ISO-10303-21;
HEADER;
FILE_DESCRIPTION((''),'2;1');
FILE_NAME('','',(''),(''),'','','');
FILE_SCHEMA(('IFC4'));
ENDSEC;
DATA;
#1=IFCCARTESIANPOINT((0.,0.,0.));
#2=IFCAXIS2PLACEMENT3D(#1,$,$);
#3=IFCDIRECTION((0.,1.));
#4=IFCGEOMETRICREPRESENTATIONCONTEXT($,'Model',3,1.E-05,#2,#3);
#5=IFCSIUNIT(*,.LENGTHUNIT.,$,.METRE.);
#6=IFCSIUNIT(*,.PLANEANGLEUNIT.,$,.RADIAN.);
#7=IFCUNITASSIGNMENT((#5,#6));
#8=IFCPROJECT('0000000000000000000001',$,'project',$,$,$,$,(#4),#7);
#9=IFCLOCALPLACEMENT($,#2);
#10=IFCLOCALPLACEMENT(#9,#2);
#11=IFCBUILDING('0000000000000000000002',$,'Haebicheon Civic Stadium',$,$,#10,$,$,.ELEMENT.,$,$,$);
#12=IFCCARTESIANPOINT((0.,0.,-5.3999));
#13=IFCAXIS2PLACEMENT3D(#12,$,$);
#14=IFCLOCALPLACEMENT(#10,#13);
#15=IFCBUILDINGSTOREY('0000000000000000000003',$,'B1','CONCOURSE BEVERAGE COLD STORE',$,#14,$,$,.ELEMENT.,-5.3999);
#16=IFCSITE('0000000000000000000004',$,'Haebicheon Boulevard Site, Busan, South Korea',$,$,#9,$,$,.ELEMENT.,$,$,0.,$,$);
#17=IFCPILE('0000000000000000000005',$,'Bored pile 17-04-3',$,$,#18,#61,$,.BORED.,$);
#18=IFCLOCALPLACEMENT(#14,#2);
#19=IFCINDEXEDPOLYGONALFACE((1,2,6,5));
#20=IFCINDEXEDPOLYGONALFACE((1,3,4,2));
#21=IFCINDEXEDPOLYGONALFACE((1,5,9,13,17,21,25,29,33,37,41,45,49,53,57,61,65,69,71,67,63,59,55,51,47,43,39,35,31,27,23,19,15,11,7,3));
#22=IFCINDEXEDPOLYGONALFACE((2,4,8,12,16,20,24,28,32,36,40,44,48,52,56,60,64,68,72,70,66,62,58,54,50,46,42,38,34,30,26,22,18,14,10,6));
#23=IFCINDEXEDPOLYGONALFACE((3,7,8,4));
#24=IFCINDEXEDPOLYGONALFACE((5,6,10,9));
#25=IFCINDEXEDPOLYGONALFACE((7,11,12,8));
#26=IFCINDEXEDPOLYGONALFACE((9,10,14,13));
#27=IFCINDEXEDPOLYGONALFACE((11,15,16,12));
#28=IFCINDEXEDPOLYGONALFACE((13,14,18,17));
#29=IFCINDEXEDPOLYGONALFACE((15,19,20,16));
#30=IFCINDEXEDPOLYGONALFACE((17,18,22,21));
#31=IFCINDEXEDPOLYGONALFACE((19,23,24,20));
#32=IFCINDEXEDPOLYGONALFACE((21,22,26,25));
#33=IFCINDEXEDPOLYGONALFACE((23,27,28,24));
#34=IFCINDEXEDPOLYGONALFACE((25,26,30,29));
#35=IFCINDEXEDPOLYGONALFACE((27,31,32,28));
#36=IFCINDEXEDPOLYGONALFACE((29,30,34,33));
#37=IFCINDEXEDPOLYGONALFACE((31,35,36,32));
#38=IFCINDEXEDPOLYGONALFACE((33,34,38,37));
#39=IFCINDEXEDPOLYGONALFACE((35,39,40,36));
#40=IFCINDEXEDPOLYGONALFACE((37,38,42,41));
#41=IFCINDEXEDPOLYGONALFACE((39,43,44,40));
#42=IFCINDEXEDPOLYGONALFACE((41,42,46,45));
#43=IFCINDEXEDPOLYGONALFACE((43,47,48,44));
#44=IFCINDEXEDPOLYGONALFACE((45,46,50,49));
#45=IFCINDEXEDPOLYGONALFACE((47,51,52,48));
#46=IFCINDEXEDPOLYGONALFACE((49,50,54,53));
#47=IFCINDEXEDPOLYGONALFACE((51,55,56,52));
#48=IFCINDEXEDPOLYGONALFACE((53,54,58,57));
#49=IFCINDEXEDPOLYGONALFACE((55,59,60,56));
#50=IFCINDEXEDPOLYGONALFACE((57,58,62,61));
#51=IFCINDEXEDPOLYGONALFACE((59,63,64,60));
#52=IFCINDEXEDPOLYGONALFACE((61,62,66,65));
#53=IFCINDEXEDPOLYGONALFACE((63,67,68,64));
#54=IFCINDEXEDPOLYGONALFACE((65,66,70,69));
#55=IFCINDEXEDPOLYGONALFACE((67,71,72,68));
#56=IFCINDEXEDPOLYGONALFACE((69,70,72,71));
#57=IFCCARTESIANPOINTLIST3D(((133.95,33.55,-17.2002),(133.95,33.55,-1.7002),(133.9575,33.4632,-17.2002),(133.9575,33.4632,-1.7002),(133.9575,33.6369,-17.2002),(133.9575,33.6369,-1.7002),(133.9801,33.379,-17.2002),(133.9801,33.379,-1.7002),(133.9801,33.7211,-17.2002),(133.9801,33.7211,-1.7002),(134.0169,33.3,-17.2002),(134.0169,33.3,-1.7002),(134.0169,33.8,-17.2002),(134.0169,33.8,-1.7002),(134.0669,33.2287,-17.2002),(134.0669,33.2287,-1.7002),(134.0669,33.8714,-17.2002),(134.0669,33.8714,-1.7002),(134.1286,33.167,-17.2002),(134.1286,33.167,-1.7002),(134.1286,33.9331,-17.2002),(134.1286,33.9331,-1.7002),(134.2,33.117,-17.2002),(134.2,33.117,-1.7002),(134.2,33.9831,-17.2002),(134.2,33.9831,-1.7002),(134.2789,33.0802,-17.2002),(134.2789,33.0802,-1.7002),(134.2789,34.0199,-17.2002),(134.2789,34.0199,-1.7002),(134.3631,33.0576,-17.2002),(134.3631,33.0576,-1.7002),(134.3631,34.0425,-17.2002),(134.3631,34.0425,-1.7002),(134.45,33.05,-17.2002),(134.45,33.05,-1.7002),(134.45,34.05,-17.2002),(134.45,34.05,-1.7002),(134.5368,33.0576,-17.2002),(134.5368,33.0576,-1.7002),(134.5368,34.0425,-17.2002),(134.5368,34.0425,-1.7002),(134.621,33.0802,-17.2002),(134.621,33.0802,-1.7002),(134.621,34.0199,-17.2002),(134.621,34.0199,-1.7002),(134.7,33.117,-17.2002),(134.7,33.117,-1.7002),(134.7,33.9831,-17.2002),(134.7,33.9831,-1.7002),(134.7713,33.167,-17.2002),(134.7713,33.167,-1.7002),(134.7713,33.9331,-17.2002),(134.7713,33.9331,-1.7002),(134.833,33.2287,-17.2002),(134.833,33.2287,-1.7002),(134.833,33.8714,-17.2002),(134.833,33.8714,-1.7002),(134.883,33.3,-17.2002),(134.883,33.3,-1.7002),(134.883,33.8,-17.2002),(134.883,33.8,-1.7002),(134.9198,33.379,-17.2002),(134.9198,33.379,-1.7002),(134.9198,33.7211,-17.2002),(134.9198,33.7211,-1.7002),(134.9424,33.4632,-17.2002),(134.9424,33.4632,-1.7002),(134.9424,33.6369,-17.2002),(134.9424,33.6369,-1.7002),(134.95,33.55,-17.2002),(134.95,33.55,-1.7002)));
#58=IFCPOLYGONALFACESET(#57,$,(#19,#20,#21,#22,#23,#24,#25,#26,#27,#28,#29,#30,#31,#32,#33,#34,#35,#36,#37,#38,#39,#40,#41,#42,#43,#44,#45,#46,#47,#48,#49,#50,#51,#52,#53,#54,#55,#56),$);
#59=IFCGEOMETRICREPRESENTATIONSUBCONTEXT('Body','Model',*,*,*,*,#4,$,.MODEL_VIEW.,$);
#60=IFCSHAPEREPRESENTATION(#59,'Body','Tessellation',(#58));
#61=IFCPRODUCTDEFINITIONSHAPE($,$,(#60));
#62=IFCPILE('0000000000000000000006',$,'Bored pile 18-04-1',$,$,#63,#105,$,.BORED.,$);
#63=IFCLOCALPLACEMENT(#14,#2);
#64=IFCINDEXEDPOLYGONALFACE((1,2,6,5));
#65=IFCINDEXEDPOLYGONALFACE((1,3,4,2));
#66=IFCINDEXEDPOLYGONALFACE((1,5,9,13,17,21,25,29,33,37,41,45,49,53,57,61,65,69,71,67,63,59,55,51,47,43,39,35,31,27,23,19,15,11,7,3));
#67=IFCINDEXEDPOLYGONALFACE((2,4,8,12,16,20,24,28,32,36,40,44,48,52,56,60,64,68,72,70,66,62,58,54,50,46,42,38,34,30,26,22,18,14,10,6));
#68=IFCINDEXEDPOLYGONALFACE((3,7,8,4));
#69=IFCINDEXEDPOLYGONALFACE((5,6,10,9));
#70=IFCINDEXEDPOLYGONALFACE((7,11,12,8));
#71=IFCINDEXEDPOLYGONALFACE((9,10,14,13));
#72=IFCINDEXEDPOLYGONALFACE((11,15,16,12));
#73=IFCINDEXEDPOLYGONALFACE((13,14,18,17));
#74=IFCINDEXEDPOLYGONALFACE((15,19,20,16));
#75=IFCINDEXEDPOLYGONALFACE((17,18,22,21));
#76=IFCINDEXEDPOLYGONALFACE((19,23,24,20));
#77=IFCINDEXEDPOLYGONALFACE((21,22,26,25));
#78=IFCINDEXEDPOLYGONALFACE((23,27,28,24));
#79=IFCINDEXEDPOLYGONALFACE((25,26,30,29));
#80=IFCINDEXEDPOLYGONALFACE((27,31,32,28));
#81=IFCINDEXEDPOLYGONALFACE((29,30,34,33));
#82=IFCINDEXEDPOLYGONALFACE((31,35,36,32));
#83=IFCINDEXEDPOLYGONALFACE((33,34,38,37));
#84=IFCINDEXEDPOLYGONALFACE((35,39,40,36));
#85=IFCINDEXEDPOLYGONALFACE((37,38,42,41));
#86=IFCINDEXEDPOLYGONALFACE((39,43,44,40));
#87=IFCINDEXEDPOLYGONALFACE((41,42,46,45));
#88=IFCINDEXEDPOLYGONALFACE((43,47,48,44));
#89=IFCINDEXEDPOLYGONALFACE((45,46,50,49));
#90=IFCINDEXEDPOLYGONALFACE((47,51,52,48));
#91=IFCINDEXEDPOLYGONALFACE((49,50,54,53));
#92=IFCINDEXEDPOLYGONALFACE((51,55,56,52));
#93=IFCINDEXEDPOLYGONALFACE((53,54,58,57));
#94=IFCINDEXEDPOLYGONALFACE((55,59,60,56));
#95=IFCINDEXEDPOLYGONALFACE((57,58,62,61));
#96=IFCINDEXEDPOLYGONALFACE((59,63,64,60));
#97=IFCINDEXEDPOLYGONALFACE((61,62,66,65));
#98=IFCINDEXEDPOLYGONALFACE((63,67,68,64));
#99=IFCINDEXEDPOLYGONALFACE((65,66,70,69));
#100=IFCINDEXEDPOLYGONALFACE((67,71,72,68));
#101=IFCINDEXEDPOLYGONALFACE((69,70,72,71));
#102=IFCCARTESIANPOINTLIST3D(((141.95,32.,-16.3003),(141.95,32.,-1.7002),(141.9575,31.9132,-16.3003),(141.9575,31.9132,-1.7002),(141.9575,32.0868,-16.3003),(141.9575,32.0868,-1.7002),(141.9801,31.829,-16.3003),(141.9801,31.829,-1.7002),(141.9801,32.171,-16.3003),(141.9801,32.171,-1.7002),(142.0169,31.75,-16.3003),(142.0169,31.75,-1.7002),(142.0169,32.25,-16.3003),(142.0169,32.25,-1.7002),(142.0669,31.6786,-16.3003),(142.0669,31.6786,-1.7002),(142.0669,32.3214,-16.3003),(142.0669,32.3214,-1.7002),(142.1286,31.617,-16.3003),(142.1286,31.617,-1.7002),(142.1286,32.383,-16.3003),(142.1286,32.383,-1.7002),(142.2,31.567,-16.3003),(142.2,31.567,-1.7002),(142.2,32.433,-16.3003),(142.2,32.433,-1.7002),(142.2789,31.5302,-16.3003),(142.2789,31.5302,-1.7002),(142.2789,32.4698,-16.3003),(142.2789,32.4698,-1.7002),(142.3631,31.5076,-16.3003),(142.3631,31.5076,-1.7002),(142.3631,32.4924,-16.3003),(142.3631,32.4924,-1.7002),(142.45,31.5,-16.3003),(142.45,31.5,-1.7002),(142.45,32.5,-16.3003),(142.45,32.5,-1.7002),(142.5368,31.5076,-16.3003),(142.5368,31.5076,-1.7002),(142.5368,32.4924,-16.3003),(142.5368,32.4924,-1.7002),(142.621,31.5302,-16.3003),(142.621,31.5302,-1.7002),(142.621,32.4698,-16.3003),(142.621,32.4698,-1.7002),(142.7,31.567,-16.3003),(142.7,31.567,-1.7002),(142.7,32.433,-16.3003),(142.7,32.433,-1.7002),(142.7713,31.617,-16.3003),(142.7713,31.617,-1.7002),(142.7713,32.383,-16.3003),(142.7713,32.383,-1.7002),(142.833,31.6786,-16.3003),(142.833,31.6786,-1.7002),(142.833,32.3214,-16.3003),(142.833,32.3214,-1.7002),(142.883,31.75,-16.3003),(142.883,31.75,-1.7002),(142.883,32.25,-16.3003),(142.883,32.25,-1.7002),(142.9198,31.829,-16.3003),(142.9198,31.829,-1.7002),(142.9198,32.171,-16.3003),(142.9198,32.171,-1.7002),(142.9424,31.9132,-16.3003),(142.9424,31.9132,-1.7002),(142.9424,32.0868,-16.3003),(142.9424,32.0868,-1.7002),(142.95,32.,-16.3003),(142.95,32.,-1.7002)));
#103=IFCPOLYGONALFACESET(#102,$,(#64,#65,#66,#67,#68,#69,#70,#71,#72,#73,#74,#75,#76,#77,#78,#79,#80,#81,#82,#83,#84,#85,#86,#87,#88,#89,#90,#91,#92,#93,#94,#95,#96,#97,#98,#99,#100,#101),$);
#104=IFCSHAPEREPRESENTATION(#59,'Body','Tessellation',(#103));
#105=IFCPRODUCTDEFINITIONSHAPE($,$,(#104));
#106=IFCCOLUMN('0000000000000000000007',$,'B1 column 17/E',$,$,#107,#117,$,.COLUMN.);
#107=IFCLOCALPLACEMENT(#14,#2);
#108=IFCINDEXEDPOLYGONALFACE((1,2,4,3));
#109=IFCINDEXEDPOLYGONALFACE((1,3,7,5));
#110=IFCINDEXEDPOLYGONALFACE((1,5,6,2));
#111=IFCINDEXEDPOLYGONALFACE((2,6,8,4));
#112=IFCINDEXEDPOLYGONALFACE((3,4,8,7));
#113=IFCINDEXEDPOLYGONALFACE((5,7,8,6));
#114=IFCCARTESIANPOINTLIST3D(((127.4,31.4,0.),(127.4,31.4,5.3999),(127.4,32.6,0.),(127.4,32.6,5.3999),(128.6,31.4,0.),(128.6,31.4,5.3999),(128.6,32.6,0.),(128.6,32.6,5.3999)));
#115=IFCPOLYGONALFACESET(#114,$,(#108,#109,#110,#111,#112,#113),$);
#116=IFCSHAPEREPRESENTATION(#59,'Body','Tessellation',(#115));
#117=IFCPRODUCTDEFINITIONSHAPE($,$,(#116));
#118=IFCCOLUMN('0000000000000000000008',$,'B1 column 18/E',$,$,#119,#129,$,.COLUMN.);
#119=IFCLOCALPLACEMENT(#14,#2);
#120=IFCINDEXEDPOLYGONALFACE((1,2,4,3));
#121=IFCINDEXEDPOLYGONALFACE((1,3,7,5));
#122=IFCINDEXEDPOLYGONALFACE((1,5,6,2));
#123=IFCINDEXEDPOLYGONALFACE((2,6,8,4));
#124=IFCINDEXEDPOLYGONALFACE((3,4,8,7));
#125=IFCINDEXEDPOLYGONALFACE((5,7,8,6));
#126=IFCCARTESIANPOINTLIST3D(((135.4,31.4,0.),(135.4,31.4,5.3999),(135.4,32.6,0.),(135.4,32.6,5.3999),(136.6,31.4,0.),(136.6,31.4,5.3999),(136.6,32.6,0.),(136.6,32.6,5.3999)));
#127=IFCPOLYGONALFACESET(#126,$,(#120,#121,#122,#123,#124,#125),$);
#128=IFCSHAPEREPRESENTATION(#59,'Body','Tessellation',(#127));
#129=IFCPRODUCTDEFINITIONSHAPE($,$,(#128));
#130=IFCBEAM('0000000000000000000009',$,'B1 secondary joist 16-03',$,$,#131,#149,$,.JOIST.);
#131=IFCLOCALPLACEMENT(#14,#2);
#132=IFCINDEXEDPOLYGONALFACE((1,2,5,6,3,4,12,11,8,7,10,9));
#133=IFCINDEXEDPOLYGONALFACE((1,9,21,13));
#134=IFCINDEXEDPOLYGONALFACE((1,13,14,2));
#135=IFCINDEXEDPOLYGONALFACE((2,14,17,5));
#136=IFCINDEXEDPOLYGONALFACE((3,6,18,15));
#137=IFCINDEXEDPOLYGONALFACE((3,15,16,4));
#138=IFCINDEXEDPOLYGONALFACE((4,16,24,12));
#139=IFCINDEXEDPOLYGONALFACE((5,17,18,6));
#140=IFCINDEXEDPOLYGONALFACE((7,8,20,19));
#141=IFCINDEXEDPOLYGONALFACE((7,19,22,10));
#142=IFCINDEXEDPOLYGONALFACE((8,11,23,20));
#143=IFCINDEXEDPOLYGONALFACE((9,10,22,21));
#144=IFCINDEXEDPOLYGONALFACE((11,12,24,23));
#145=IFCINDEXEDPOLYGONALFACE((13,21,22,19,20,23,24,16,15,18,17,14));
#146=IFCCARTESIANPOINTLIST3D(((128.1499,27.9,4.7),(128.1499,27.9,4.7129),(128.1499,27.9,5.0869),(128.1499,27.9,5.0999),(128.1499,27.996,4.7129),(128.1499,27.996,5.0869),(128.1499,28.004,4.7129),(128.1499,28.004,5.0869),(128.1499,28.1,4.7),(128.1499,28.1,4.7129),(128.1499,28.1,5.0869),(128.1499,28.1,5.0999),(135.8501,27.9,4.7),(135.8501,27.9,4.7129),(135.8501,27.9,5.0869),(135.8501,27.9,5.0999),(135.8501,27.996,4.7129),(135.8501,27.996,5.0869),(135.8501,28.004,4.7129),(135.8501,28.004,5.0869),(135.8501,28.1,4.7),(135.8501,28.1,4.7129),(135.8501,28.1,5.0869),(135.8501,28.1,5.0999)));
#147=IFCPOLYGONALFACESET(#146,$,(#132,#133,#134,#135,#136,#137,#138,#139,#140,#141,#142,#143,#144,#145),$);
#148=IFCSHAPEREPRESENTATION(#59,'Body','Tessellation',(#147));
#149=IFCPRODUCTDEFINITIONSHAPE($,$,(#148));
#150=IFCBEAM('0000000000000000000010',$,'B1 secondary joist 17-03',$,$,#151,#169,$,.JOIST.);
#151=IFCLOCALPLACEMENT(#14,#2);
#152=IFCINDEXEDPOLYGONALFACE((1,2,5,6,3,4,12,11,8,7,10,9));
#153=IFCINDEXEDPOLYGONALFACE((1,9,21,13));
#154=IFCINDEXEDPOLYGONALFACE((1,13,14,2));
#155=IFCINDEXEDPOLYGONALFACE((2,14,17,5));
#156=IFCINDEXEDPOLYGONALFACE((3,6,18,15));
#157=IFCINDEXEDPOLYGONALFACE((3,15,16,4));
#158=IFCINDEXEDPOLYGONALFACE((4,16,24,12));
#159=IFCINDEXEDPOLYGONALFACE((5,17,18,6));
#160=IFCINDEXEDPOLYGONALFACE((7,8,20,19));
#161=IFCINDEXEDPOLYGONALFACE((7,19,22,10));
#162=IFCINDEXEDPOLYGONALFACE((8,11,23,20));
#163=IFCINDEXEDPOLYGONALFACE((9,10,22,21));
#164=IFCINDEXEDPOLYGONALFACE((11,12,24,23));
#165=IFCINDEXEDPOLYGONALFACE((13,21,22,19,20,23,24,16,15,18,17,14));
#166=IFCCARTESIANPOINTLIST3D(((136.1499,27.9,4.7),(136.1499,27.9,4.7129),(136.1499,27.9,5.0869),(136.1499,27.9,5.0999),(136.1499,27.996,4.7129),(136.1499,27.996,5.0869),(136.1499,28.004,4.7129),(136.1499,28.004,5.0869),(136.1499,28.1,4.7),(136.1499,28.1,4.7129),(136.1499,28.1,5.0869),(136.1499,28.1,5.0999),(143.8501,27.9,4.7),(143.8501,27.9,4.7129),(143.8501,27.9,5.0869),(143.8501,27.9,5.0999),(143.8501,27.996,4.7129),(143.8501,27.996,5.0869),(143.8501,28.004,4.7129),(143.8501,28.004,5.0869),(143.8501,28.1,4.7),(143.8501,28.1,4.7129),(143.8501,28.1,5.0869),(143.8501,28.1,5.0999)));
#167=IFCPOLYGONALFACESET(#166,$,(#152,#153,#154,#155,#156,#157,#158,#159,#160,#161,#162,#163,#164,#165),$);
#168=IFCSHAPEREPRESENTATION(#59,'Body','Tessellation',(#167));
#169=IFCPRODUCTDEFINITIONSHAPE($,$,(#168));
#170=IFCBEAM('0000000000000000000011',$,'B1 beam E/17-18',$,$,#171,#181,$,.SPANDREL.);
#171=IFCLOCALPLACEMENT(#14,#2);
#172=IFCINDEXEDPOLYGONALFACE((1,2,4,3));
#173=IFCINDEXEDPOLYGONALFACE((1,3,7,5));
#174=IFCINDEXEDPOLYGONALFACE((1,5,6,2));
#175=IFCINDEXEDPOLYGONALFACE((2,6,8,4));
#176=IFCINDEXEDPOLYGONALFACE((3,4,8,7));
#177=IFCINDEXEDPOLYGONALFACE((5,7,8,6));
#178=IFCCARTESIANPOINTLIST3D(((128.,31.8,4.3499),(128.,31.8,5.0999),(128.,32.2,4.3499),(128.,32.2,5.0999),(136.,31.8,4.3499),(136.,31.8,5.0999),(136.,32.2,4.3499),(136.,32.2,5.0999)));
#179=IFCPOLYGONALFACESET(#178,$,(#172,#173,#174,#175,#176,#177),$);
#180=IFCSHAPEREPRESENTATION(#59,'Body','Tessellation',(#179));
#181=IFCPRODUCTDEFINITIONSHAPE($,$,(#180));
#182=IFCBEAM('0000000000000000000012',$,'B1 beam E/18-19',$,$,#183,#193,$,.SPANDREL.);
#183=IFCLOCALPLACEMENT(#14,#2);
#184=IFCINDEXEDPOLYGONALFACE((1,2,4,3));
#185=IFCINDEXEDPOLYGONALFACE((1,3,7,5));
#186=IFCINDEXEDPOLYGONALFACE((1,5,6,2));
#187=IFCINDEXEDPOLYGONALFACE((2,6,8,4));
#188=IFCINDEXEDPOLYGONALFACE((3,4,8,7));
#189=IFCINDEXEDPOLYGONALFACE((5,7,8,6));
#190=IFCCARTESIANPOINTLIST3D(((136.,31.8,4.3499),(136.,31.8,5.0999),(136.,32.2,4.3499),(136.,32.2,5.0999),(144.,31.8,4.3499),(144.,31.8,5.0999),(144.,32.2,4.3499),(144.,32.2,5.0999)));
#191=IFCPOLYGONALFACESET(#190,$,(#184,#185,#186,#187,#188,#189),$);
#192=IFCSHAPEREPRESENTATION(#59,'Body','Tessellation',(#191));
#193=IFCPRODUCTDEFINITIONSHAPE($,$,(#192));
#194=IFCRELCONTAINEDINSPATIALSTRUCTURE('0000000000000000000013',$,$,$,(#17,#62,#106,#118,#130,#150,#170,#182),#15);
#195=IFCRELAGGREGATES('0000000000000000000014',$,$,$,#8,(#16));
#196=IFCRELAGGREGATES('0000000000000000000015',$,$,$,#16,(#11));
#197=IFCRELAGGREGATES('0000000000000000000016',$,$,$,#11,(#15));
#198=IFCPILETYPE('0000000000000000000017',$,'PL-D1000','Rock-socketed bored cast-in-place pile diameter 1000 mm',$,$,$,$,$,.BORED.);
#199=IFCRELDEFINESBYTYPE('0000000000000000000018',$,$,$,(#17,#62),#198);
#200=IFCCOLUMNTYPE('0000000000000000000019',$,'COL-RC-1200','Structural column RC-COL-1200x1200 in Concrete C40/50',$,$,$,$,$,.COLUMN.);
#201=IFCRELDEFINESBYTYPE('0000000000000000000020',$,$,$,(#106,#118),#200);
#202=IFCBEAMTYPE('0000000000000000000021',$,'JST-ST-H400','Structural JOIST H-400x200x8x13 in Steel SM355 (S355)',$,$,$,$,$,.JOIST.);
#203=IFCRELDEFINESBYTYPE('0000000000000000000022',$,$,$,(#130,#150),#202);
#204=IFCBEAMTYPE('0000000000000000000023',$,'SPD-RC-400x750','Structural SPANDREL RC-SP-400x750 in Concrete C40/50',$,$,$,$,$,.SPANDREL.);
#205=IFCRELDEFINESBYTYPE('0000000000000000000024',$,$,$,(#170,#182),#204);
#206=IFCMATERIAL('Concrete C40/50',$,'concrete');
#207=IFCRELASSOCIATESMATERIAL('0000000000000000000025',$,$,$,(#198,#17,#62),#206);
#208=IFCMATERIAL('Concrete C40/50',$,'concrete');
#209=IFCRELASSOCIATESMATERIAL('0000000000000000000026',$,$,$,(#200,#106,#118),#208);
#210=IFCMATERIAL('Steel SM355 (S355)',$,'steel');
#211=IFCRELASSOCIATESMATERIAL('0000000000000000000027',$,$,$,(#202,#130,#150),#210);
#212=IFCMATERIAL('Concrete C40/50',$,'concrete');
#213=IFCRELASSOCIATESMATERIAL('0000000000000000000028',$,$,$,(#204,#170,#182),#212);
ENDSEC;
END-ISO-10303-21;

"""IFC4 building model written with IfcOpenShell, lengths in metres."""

from ifc_helpers import new_model, si_unit, direction, frame, origin, origin_2d, place, context, subcontext, project, spatial, rectangle, circle, i_section, extrude, material, material_profile, profile_set, type_object, element, save


model = new_model("IFC4")

# Units and contexts
model_context = context("Model", 3, precision=1e-05, world=origin(), true_north=direction((0.0, 1.0)))
body_context = subcontext(model_context, "Body", "Model", "MODEL_VIEW")
ifc_project = project(units=[si_unit("LENGTHUNIT", "METRE"), si_unit("PLANEANGLEUNIT", "RADIAN")], contexts=[model_context])

# Site, building, storey
site_placement = place(None, origin())
site = spatial("IfcSite", under=ifc_project, at=site_placement, Name="Haebicheon Boulevard Site, Busan, South Korea", CompositionType="ELEMENT", RefElevation=0.0)
building_placement = place(site_placement, origin())
building = spatial("IfcBuilding", under=site, at=building_placement, Name="Haebicheon Civic Stadium", CompositionType="ELEMENT")
storey_placement = place(building_placement, frame((0.0, 0.0, -5.3999)))
storey = spatial("IfcBuildingStorey", under=building, at=storey_placement, Name="B1", Description="CONCOURSE BEVERAGE COLD STORE", CompositionType="ELEMENT", Elevation=-5.3999)

# Piles
ifc_material_1 = material(Name="Concrete C40/50", Category="concrete")
ifc_material_profile_1 = material_profile(ifc_material_1, circle(Radius=0.5, at=origin_2d()), Name="PILE-D1000")
ifc_profile_set_1 = profile_set([ifc_material_profile_1], Name="Concrete C40/50")
pile_type = type_object("IfcPileType", Name="PL-D1000", Description="Rock-socketed bored cast-in-place pile diameter 1000 mm", PredefinedType="BORED", material=ifc_profile_set_1)
for number, where, z_axis, x_axis, name in (
    (1, (134.45, 33.55, -1.7002), (0.0, 0.0, -1.0), (1.0, 0.0, 0.0), "Bored pile 17-04-3"),
):
    element("IfcPile", number, at=place(storey_placement, frame(where, z_axis=z_axis, x_axis=x_axis)), inside=storey, type_object=pile_type, material=ifc_profile_set_1, Name=name, PredefinedType="BORED", context=body_context, shape_type="SweptSolid", body=[
        extrude(circle(Radius=0.5, at=origin_2d()), origin(), (0.0, 0.0, 1.0), 15.5),
    ])
pile_placement = place(storey_placement, frame((142.45, 32.0, -1.7002), z_axis=(0.0, 0.0, -1.0), x_axis=(1.0, 0.0, 0.0)))
element("IfcPile", 2, at=pile_placement, inside=storey, type_object=pile_type, material=ifc_profile_set_1, Name="Bored pile 18-04-1", PredefinedType="BORED", context=body_context, shape_type="SweptSolid", body=[
    extrude(circle(Radius=0.5, at=origin_2d()), origin(), (0.0, 0.0, 1.0), 14.6001),
])

# Columns
ifc_material_2 = material(Name="Concrete C40/50", Category="concrete")
ifc_material_profile_2 = material_profile(ifc_material_2, rectangle(XDim=1.2, YDim=1.2, at=origin_2d()), Name="RC-COL-1200x1200")
ifc_profile_set_2 = profile_set([ifc_material_profile_2], Name="Concrete C40/50")
column_type = type_object("IfcColumnType", Name="COL-RC-1200", Description="Structural column RC-COL-1200x1200 in Concrete C40/50", PredefinedType="COLUMN", material=ifc_profile_set_2)
for number, where, z_axis, x_axis, name in (
    (3, (128.0, 32.0, 0.0), (0.0, 0.0, 1.0), (1.0, 0.0, 0.0), "B1 column 17/E"),
    (4, (136.0, 32.0, 0.0), (0.0, 0.0, 1.0), (1.0, 0.0, 0.0), "B1 column 18/E"),
):
    element("IfcColumn", number, at=place(storey_placement, frame(where, z_axis=z_axis, x_axis=x_axis)), inside=storey, type_object=column_type, material=ifc_profile_set_2, Name=name, PredefinedType="COLUMN", context=body_context, shape_type="SweptSolid", body=[
        extrude(rectangle(XDim=1.2, YDim=1.2, at=origin_2d()), origin(), (0.0, 0.0, 1.0), 5.3999),
    ])

# Beams
ifc_material_3 = material(Name="Steel SM355 (S355)", Category="steel")
ifc_material_profile_3 = material_profile(ifc_material_3, i_section(OverallWidth=0.2, OverallDepth=0.3999, WebThickness=0.0081, FlangeThickness=0.0129, at=origin_2d()), Name="H-400x200x8x13")
ifc_profile_set_3 = profile_set([ifc_material_profile_3], Name="Steel SM355 (S355)")
beam_type_1 = type_object("IfcBeamType", Name="JST-ST-H400", Description="Structural JOIST H-400x200x8x13 in Steel SM355 (S355)", PredefinedType="JOIST", material=ifc_profile_set_3)
for number, where, z_axis, x_axis, name in (
    (5, (128.1499, 28.0, 4.8999), (1.0, 0.0, 0.0), (0.0, 1.0, 0.0), "B1 secondary joist 16-03"),
    (6, (136.1499, 28.0, 4.8999), (1.0, 0.0, 0.0), (0.0, 1.0, 0.0), "B1 secondary joist 17-03"),
):
    element("IfcBeam", number, at=place(storey_placement, frame(where, z_axis=z_axis, x_axis=x_axis)), inside=storey, type_object=beam_type_1, material=ifc_profile_set_3, Name=name, PredefinedType="JOIST", context=body_context, shape_type="SweptSolid", body=[
        extrude(i_section(OverallWidth=0.2, OverallDepth=0.3999, WebThickness=0.0081, FlangeThickness=0.0129, at=origin_2d()), origin(), (0.0, 0.0, 1.0), 7.7002),
    ])
ifc_material_4 = material(Name="Concrete C40/50", Category="concrete")
ifc_material_profile_4 = material_profile(ifc_material_4, rectangle(XDim=0.3999, YDim=0.75, at=origin_2d()), Name="RC-SP-400x750")
ifc_profile_set_4 = profile_set([ifc_material_profile_4], Name="Concrete C40/50")
beam_type_2 = type_object("IfcBeamType", Name="SPD-RC-400x750", Description="Structural SPANDREL RC-SP-400x750 in Concrete C40/50", PredefinedType="SPANDREL", material=ifc_profile_set_4)
for number, where, z_axis, x_axis, name in (
    (7, (128.0, 32.0, 4.7249), (1.0, 0.0, 0.0), (0.0, 1.0, 0.0), "B1 beam E/17-18"),
    (8, (136.0, 32.0, 4.7249), (1.0, 0.0, 0.0), (0.0, 1.0, 0.0), "B1 beam E/18-19"),
):
    element("IfcBeam", number, at=place(storey_placement, frame(where, z_axis=z_axis, x_axis=x_axis)), inside=storey, type_object=beam_type_2, material=ifc_profile_set_4, Name=name, PredefinedType="SPANDREL", context=body_context, shape_type="SweptSolid", body=[
        extrude(rectangle(XDim=0.3999, YDim=0.75, at=origin_2d()), origin(), (0.0, 0.0, 1.0), 8.0),
    ])

save(model, "model.ifc")
